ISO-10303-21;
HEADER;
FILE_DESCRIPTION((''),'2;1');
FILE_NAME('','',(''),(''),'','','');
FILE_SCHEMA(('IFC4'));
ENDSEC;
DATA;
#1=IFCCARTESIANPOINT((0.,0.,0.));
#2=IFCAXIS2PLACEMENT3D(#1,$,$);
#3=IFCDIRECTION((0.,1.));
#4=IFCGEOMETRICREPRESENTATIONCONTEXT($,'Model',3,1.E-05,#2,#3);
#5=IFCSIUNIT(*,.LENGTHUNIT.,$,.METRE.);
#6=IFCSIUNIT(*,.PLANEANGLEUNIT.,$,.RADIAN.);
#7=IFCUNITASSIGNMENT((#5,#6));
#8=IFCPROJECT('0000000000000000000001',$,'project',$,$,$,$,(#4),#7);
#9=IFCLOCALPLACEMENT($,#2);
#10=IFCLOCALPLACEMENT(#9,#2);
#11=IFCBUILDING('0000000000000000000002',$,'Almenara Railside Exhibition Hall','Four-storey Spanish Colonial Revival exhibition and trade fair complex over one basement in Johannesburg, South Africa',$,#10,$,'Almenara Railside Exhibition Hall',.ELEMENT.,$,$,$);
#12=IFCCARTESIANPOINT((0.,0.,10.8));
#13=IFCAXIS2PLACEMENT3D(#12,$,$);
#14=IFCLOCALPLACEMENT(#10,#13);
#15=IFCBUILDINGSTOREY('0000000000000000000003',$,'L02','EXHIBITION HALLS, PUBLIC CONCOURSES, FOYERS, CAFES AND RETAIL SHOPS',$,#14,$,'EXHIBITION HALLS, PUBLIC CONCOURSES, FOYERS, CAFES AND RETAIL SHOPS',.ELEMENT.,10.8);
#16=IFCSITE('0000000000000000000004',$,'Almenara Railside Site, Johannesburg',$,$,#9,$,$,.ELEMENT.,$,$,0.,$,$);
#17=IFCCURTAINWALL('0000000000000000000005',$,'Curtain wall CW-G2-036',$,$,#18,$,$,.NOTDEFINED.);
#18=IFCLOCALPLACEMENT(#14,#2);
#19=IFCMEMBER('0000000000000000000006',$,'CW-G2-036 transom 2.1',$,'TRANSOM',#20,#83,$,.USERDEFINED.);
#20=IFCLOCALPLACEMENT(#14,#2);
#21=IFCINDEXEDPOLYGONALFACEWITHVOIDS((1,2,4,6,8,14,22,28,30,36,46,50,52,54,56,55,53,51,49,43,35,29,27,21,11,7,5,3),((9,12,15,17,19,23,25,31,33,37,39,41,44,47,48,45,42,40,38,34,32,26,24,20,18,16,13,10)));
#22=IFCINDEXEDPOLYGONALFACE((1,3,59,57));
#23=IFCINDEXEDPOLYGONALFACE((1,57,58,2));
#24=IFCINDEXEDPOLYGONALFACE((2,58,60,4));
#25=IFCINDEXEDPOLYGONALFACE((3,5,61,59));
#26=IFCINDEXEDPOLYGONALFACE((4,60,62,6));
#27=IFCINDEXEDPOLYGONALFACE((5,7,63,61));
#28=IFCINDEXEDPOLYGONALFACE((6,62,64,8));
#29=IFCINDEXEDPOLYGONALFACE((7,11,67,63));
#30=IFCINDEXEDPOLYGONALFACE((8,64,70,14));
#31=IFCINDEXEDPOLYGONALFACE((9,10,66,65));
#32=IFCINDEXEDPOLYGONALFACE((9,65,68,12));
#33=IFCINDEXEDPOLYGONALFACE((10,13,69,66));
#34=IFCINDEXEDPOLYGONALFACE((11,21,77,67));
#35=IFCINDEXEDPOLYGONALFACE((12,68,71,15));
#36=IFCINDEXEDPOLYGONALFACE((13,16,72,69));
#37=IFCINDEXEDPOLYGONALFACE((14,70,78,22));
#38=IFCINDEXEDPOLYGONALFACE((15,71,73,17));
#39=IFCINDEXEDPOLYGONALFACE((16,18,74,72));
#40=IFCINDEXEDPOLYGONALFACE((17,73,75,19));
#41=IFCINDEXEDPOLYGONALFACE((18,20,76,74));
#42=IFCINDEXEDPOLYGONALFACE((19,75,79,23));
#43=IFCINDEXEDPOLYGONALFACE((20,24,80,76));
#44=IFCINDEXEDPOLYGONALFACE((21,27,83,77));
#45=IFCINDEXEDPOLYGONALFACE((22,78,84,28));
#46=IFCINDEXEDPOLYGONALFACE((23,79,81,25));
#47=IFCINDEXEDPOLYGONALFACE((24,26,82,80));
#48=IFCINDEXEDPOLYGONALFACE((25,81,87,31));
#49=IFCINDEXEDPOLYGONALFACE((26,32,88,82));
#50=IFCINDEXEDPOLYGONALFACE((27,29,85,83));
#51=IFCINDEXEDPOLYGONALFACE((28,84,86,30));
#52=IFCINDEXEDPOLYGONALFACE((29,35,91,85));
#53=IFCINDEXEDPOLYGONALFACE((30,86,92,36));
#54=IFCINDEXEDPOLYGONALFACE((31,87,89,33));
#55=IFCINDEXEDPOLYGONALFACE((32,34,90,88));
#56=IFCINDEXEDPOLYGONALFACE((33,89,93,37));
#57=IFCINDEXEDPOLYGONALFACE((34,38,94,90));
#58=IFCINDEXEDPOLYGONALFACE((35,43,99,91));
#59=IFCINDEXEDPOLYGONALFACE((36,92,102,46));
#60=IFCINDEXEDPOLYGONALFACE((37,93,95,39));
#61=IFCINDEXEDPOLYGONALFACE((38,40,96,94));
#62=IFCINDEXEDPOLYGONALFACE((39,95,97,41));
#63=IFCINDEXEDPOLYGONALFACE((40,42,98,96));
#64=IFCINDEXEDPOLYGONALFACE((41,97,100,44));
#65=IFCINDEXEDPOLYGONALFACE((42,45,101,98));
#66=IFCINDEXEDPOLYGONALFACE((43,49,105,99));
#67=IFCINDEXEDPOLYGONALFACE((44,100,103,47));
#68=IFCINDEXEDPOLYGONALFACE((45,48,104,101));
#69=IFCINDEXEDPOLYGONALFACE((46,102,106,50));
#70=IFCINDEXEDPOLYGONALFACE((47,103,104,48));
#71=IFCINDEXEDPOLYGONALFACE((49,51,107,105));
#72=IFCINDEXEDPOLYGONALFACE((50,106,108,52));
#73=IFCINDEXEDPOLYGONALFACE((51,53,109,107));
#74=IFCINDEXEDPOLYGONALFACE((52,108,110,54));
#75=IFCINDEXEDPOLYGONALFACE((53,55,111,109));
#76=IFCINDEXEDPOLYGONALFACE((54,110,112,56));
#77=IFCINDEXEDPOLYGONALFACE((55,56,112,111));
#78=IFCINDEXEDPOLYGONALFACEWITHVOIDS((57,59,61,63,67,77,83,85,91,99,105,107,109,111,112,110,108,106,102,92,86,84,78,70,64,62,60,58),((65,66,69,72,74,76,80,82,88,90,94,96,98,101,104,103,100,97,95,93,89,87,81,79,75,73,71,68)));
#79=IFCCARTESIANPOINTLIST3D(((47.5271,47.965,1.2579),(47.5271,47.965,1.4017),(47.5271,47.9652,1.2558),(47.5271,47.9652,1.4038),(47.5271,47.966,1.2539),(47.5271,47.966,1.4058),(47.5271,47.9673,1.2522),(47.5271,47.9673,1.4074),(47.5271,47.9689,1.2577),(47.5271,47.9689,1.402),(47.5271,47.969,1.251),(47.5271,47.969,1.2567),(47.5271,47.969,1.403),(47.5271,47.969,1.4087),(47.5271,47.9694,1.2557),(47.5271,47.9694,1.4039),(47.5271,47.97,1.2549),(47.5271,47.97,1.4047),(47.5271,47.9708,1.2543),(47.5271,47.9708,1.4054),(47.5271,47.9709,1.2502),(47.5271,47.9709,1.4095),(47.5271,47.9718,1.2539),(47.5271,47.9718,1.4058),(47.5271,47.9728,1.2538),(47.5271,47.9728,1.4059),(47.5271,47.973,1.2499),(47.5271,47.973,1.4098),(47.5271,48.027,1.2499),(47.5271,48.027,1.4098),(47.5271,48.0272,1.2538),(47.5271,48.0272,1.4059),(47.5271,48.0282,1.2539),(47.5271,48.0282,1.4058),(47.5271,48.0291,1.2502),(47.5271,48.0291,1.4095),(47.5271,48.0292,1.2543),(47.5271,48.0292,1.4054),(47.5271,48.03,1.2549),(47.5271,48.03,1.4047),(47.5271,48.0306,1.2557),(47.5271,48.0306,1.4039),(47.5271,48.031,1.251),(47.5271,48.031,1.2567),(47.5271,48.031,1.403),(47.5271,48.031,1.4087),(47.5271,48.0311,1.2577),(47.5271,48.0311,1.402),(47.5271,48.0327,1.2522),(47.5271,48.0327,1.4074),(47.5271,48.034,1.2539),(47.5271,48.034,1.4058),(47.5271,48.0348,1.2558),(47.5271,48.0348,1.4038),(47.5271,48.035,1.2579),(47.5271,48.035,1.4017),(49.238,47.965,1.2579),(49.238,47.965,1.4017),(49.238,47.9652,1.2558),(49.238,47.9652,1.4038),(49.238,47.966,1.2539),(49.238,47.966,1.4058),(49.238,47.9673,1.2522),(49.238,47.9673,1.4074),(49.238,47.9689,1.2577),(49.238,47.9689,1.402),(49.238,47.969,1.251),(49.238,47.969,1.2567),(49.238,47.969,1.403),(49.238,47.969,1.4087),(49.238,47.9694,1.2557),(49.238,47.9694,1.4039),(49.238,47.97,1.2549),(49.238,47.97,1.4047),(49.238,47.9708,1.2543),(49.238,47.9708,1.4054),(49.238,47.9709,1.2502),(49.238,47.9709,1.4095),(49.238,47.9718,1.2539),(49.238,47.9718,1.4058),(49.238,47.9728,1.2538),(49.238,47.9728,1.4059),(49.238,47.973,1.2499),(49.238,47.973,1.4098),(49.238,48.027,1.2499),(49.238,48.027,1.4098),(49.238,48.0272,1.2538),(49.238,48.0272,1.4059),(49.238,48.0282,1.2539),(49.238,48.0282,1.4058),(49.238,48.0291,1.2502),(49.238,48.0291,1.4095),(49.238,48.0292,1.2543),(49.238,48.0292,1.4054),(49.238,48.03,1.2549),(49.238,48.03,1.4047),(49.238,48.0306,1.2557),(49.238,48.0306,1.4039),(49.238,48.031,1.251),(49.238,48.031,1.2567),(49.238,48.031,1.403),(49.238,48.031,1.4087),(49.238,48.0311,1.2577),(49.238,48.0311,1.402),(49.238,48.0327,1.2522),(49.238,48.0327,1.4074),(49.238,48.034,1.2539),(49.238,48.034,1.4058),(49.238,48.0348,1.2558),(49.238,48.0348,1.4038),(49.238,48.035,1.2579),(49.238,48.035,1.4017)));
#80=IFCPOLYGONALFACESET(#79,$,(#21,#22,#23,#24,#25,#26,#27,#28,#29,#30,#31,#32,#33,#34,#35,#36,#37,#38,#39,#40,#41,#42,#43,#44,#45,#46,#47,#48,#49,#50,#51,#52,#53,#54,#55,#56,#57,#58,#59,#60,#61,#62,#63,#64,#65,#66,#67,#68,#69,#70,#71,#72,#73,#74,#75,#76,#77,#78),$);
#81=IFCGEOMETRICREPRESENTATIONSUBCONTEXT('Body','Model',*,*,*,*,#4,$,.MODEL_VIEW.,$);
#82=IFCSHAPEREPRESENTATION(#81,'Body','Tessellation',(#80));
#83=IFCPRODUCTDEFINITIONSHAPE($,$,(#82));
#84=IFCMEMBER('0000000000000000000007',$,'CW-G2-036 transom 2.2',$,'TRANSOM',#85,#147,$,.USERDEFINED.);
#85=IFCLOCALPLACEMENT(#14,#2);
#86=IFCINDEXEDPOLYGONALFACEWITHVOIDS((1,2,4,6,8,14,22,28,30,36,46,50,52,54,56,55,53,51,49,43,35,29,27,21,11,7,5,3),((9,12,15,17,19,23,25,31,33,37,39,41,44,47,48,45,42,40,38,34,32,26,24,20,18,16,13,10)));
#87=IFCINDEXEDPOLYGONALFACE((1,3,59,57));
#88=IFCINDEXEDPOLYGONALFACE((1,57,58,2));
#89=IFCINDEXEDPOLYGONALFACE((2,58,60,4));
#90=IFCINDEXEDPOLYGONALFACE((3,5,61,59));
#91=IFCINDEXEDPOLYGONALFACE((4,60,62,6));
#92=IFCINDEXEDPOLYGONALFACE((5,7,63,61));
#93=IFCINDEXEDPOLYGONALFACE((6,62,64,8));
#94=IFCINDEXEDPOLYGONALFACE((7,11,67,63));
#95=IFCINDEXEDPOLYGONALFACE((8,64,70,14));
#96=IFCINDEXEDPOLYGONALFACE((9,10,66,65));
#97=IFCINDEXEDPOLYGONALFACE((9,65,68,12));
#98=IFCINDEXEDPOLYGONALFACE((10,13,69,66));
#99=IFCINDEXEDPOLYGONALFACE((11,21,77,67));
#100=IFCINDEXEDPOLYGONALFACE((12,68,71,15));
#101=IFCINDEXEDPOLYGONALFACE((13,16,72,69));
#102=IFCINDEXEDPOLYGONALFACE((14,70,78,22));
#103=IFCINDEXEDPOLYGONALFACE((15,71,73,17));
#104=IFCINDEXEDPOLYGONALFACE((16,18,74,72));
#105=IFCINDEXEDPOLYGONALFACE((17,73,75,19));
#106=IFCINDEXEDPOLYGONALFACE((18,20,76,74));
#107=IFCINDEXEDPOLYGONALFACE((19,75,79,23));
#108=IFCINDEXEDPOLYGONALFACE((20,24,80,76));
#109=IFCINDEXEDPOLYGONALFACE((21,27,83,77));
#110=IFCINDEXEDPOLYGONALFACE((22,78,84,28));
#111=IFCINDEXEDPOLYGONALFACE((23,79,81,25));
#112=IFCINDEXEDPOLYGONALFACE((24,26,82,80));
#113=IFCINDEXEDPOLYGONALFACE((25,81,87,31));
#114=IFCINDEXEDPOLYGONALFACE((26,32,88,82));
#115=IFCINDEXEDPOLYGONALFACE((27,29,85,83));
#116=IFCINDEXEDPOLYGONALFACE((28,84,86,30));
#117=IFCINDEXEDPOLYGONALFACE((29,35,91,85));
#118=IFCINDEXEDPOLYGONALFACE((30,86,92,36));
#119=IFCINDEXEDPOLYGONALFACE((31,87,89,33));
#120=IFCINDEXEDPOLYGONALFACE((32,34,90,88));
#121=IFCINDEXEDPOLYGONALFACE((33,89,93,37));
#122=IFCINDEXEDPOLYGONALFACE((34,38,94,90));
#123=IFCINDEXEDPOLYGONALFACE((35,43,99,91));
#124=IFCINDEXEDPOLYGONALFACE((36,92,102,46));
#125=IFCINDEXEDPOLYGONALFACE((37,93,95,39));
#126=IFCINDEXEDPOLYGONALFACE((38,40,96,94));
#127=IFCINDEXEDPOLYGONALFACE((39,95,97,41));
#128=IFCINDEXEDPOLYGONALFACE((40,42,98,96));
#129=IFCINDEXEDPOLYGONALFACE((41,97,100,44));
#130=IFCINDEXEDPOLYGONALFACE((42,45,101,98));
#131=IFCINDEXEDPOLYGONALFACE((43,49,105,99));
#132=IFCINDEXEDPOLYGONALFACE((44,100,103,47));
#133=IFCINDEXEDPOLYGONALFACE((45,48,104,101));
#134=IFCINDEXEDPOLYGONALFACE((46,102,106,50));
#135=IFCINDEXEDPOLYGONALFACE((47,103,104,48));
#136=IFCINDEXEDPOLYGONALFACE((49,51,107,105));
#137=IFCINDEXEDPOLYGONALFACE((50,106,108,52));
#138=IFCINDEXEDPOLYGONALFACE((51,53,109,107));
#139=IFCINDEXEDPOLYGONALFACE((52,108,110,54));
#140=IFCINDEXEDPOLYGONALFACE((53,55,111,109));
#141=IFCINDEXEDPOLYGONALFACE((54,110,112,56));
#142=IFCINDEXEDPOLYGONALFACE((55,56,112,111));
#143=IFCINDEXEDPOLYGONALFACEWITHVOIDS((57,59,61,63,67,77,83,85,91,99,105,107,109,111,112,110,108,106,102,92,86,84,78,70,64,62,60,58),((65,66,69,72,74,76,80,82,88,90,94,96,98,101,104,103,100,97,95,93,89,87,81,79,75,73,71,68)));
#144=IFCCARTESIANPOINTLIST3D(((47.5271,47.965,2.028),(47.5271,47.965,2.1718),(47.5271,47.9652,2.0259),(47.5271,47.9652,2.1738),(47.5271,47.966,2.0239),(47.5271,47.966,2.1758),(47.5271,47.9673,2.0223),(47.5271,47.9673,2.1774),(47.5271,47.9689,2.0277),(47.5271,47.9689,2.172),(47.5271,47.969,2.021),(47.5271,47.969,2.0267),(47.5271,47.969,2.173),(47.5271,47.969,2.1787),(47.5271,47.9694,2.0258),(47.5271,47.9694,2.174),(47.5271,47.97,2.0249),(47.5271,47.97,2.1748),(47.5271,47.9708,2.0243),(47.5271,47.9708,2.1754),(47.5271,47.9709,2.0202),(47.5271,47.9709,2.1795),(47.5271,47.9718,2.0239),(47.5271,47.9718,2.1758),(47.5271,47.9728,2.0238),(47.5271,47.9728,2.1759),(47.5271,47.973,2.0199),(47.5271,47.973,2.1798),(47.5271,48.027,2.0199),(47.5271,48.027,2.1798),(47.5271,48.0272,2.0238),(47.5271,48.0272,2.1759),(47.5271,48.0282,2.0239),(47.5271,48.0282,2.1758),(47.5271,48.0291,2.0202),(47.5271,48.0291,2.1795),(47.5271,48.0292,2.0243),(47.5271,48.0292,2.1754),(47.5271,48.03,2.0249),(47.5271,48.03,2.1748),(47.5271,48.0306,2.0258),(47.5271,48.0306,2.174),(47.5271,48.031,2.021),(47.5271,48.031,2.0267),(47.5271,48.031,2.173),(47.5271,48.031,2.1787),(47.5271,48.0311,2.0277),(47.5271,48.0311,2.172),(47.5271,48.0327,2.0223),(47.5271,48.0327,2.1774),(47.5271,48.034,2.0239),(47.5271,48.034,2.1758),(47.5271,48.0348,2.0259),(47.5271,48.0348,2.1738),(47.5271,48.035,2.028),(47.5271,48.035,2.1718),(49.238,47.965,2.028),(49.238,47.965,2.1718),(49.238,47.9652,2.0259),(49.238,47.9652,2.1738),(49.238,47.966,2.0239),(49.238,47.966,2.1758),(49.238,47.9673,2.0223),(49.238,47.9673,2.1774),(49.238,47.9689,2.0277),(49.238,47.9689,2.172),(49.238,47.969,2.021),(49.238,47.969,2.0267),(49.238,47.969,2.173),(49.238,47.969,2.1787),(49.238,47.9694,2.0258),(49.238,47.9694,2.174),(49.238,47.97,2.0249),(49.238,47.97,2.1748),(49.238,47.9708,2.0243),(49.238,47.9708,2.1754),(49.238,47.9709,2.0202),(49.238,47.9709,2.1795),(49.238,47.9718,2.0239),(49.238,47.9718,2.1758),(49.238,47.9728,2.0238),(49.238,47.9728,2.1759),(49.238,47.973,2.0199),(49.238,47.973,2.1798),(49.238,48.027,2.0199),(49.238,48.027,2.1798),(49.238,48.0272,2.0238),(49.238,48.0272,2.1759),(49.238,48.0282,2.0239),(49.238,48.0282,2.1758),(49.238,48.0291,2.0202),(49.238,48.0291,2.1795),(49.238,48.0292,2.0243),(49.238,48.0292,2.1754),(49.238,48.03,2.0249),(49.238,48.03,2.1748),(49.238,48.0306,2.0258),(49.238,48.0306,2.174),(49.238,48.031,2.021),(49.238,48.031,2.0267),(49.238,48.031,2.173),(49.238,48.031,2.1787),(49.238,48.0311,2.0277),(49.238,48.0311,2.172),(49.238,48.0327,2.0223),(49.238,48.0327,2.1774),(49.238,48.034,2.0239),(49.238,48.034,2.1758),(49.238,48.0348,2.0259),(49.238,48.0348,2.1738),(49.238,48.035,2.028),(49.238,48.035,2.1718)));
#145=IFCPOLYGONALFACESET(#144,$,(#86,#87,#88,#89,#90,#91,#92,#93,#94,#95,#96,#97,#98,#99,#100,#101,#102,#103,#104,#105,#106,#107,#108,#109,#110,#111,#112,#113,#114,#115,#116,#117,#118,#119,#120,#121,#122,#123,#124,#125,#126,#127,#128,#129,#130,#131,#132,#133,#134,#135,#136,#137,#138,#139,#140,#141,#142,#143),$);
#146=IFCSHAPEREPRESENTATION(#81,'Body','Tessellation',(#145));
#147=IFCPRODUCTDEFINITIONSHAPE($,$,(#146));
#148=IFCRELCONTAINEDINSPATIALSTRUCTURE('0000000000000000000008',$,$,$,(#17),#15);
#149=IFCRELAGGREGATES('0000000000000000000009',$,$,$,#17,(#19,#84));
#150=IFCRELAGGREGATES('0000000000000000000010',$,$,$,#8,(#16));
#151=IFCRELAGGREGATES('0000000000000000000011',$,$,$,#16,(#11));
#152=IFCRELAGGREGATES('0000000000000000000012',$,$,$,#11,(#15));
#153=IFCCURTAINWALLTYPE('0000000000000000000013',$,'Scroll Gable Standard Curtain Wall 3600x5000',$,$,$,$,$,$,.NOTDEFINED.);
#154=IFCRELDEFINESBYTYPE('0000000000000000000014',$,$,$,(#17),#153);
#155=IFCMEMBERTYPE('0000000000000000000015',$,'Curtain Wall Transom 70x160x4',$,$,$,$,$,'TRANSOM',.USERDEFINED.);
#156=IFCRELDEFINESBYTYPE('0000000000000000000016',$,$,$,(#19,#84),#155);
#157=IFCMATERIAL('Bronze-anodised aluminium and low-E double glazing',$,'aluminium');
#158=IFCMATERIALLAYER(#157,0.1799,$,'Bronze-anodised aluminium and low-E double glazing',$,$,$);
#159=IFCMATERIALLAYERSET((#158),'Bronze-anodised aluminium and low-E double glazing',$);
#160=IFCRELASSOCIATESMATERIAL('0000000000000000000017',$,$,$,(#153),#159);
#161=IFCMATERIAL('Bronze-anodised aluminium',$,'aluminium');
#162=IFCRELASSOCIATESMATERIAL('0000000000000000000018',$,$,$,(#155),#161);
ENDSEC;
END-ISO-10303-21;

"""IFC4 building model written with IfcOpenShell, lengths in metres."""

from ifc_helpers import new_model, si_unit, direction, frame, origin, origin_2d, place, context, subcontext, project, spatial, hollow_rectangle, extrude, material, layer, layer_set, material_profile, profile_set, type_object, element, aggregate, save


model = new_model("IFC4")

# Units and contexts
model_context = context("Model", 3, precision=1e-05, world=origin(), true_north=direction((0.0, 1.0)))
body_context = subcontext(model_context, "Body", "Model", "MODEL_VIEW")
ifc_project = project(units=[si_unit("LENGTHUNIT", "METRE"), si_unit("PLANEANGLEUNIT", "RADIAN")], contexts=[model_context])

# Site, building, storey
site_placement = place(None, origin())
site = spatial("IfcSite", under=ifc_project, at=site_placement, Name="Almenara Railside Site, Johannesburg", CompositionType="ELEMENT", RefElevation=0.0)
building_placement = place(site_placement, origin())
building = spatial("IfcBuilding", under=site, at=building_placement, Name="Almenara Railside Exhibition Hall", Description="Four-storey Spanish Colonial Revival exhibition and trade fair complex over one basement in Johannesburg, South Africa", LongName="Almenara Railside Exhibition Hall", CompositionType="ELEMENT")
storey_placement = place(building_placement, frame((0.0, 0.0, 10.8)))
storey = spatial("IfcBuildingStorey", under=building, at=storey_placement, Name="L02", Description="EXHIBITION HALLS, PUBLIC CONCOURSES, FOYERS, CAFES AND RETAIL SHOPS", LongName="EXHIBITION HALLS, PUBLIC CONCOURSES, FOYERS, CAFES AND RETAIL SHOPS", CompositionType="ELEMENT", Elevation=10.8)

# Curtain wall, members
ifc_material_1 = material(Name="Bronze-anodised aluminium and low-E double glazing", Category="aluminium")
ifc_layer_1 = layer(ifc_material_1, 0.1799, Name="Bronze-anodised aluminium and low-E double glazing")
ifc_layer_set_1 = layer_set([ifc_layer_1], Name="Bronze-anodised aluminium and low-E double glazing")
curtain_wall_type = type_object("IfcCurtainWallType", Name="Scroll Gable Standard Curtain Wall 3600x5000", PredefinedType="NOTDEFINED", material=ifc_layer_set_1)
curtain_wall_placement = place(storey_placement, origin())
curtain_wall = element("IfcCurtainWall", 1, at=curtain_wall_placement, inside=storey, type_object=curtain_wall_type, Name="Curtain wall CW-G2-036", PredefinedType="NOTDEFINED")
ifc_material_2 = material(Name="Bronze-anodised aluminium", Category="aluminium")
ifc_material_profile_1 = material_profile(ifc_material_2, hollow_rectangle(XDim=0.0701, YDim=0.1599, WallThickness=0.0039, InnerFilletRadius=0.0039, OuterFilletRadius=0.0081, at=origin_2d()), Name="ALU-TRN 70x160x4")
ifc_profile_set_1 = profile_set([ifc_material_profile_1], Name="Bronze-anodised aluminium")
member_type_1 = type_object("IfcMemberType", Name="Curtain Wall Transom 70x160x4", ElementType="TRANSOM", PredefinedType="USERDEFINED", material=ifc_profile_set_1)
member_1_placement = place(storey_placement, frame((47.5271, 48.0, 1.3298), z_axis=(1.0, 0.0, 0.0), x_axis=(0.0, 1.0, 0.0)))
member_1 = element("IfcMember", 2, at=member_1_placement, type_object=member_type_1, Name="CW-G2-036 transom 2.1", ObjectType="TRANSOM", PredefinedType="USERDEFINED", context=body_context, shape_type="SweptSolid", body=[
    extrude(hollow_rectangle(XDim=0.0701, YDim=0.1599, WallThickness=0.0039, InnerFilletRadius=0.0039, OuterFilletRadius=0.0081, at=origin_2d()), origin(), (0.0, 0.0, 1.0), 1.7109),
])
member_2_placement = place(storey_placement, frame((47.5271, 48.0, 2.0999), z_axis=(1.0, 0.0, 0.0), x_axis=(0.0, 1.0, 0.0)))
member_2 = element("IfcMember", 3, at=member_2_placement, type_object=member_type_1, Name="CW-G2-036 transom 2.2", ObjectType="TRANSOM", PredefinedType="USERDEFINED", context=body_context, shape_type="SweptSolid", body=[
    extrude(hollow_rectangle(XDim=0.0701, YDim=0.1599, WallThickness=0.0039, InnerFilletRadius=0.0039, OuterFilletRadius=0.0081, at=origin_2d()), origin(), (0.0, 0.0, 1.0), 1.7109),
])
aggregate(curtain_wall, [member_1, member_2])

save(model, "model.ifc")
